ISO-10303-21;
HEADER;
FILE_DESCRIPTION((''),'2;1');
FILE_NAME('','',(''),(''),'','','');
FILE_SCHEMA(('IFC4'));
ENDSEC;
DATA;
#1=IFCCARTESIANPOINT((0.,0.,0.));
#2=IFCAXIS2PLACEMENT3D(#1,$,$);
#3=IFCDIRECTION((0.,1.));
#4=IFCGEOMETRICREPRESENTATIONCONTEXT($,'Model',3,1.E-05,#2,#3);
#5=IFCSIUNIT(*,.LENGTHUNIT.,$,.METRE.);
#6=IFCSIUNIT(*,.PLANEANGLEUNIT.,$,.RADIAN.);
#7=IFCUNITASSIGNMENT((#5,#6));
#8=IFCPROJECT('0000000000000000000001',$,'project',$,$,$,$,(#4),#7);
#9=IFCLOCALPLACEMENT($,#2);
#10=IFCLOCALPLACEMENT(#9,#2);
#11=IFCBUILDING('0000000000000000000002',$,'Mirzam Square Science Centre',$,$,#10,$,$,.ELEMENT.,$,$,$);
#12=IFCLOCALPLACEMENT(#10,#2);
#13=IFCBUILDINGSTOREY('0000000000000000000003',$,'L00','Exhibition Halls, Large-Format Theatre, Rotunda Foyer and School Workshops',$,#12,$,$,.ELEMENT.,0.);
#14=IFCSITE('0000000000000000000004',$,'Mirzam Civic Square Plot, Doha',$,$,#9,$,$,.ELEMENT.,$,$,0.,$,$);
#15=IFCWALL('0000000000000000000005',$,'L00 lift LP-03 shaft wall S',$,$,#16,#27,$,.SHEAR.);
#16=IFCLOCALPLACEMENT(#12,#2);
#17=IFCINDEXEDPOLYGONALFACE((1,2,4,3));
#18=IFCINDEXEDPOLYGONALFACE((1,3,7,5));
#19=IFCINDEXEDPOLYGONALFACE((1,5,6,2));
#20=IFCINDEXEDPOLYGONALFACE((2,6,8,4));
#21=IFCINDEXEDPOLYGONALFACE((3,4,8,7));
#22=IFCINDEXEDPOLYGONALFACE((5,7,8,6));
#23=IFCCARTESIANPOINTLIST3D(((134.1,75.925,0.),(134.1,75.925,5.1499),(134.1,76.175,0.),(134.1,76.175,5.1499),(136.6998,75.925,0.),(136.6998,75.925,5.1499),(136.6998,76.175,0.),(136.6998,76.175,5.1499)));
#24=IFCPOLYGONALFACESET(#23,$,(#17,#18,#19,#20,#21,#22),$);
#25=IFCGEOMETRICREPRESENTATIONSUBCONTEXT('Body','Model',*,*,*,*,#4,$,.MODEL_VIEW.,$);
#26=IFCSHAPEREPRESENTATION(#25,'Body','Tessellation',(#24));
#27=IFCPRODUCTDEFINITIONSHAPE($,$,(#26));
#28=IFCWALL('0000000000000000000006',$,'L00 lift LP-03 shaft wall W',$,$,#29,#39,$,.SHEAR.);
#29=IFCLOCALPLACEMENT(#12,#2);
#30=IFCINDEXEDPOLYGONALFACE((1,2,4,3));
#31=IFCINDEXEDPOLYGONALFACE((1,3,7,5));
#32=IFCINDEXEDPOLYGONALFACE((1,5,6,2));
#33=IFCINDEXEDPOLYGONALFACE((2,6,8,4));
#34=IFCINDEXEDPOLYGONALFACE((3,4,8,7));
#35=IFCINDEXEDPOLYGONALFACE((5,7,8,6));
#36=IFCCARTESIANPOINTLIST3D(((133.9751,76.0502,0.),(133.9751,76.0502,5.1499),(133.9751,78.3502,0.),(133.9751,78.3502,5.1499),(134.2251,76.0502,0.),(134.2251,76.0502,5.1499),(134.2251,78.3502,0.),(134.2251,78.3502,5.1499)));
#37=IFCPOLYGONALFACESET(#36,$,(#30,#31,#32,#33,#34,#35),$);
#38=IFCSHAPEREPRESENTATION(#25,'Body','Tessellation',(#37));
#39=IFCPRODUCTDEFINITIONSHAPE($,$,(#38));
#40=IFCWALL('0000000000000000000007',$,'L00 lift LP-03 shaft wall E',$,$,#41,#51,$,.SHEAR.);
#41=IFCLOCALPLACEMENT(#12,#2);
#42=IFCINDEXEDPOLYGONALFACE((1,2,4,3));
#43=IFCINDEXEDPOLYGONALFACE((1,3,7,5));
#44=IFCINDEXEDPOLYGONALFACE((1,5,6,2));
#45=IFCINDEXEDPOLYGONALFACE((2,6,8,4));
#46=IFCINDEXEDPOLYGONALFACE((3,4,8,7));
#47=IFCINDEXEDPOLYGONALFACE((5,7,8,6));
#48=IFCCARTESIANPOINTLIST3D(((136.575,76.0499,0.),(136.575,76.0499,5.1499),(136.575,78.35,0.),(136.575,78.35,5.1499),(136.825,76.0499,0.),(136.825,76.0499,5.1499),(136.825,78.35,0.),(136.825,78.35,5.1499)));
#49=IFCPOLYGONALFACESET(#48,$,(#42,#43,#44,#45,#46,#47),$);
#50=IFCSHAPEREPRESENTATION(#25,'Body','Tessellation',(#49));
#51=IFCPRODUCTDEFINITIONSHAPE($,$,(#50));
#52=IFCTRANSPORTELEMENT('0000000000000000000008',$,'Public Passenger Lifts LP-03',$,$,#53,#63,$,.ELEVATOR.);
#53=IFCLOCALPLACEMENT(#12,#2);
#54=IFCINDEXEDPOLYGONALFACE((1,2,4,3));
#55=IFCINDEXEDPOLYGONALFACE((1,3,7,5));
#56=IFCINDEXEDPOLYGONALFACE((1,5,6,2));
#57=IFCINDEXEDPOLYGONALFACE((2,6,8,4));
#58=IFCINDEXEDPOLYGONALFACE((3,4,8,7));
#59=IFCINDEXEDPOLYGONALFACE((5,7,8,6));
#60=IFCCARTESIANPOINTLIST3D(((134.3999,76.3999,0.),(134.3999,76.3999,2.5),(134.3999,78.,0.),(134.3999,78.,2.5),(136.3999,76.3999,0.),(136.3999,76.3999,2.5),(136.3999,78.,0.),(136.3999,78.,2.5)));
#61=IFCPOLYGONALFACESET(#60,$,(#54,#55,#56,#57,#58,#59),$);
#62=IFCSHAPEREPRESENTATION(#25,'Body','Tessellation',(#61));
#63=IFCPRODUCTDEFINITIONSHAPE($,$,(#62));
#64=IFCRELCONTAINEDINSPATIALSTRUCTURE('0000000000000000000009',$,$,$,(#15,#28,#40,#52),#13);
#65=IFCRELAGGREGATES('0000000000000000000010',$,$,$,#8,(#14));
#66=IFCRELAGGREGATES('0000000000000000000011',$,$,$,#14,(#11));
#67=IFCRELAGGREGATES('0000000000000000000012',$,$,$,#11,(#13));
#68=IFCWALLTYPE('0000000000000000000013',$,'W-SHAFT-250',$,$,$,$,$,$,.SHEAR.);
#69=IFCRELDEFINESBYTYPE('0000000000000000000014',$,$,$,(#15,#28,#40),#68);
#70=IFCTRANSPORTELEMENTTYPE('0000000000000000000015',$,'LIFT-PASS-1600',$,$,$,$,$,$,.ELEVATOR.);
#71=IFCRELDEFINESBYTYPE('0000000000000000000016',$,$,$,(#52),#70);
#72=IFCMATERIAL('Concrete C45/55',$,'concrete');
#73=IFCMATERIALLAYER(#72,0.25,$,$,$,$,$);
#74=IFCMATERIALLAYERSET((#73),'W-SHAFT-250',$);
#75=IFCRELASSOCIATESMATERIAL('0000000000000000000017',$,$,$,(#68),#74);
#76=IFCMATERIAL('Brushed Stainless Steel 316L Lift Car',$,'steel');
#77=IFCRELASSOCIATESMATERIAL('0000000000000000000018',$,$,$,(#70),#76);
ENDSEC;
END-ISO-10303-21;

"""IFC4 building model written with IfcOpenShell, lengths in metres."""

from ifc_helpers import new_model, si_unit, direction, frame, frame_2d, origin, origin_2d, place, context, subcontext, project, spatial, rectangle, extrude, material, layer, layer_set, type_object, element, save


model = new_model("IFC4")

# Units and contexts
model_context = context("Model", 3, precision=1e-05, world=origin(), true_north=direction((0.0, 1.0)))
body_context = subcontext(model_context, "Body", "Model", "MODEL_VIEW")
ifc_project = project(units=[si_unit("LENGTHUNIT", "METRE"), si_unit("PLANEANGLEUNIT", "RADIAN")], contexts=[model_context])

# Site, building, storey
site_placement = place(None, origin())
site = spatial("IfcSite", under=ifc_project, at=site_placement, Name="Mirzam Civic Square Plot, Doha", CompositionType="ELEMENT", RefElevation=0.0)
building_placement = place(site_placement, origin())
building = spatial("IfcBuilding", under=site, at=building_placement, Name="Mirzam Square Science Centre", CompositionType="ELEMENT")
storey_placement = place(building_placement, origin())
storey = spatial("IfcBuildingStorey", under=building, at=storey_placement, Name="L00", Description="Exhibition Halls, Large-Format Theatre, Rotunda Foyer and School Workshops", CompositionType="ELEMENT", Elevation=0.0)

# Wall
ifc_material_1 = material(Name="Concrete C45/55", Category="concrete")
ifc_layer_1 = layer(ifc_material_1, 0.25)
ifc_layer_set_1 = layer_set([ifc_layer_1], Name="W-SHAFT-250")
wall_type_1 = type_object("IfcWallType", Name="W-SHAFT-250", PredefinedType="SHEAR", material=ifc_layer_set_1)
wall_1_placement = place(storey_placement, frame((134.1001, 76.05, 0.0), z_axis=(0.0, 0.0, 1.0), x_axis=(1.0, 0.0, 0.0)))
element("IfcWall", 1, at=wall_1_placement, inside=storey, type_object=wall_type_1, Name="L00 lift LP-03 shaft wall S", PredefinedType="SHEAR", context=body_context, shape_type="SweptSolid", body=[
    extrude(rectangle(XDim=2.5999, YDim=0.25, at=frame_2d((1.2998, 0.0))), origin(), (0.0, 0.0, 1.0), 5.1499),
])

# Walls
for number, where, z_axis, x_axis, name in (
    (2, (134.1001, 78.3501, 0.0), (0.0, 0.0, 1.0), (0.0, -1.0, 0.0), "L00 lift LP-03 shaft wall W"),
    (3, (136.7, 76.05, 0.0), (0.0, 0.0, 1.0), (0.0, 1.0, 0.0), "L00 lift LP-03 shaft wall E"),
):
    element("IfcWall", number, at=place(storey_placement, frame(where, z_axis=z_axis, x_axis=x_axis)), inside=storey, type_object=wall_type_1, Name=name, PredefinedType="SHEAR", context=body_context, shape_type="SweptSolid", body=[
        extrude(rectangle(XDim=2.3, YDim=0.25, at=frame_2d((1.1499, 0.0))), origin(), (0.0, 0.0, 1.0), 5.1499),
    ])

# Transport element
ifc_material_2 = material(Name="Brushed Stainless Steel 316L Lift Car", Category="steel")
transport_element_type = type_object("IfcTransportElementType", Name="LIFT-PASS-1600", PredefinedType="ELEVATOR", material=ifc_material_2)
transport_element_placement = place(storey_placement, frame((135.3999, 77.2, 0.0), z_axis=(0.0, 0.0, 1.0), x_axis=(1.0, 0.0, 0.0)))
element("IfcTransportElement", 4, at=transport_element_placement, inside=storey, type_object=transport_element_type, Name="Public Passenger Lifts LP-03", PredefinedType="ELEVATOR", context=body_context, shape_type="SweptSolid", body=[
    extrude(rectangle(XDim=2.0, YDim=1.6001, at=origin_2d()), origin(), (0.0, 0.0, 1.0), 2.5),
])

save(model, "model.ifc")
